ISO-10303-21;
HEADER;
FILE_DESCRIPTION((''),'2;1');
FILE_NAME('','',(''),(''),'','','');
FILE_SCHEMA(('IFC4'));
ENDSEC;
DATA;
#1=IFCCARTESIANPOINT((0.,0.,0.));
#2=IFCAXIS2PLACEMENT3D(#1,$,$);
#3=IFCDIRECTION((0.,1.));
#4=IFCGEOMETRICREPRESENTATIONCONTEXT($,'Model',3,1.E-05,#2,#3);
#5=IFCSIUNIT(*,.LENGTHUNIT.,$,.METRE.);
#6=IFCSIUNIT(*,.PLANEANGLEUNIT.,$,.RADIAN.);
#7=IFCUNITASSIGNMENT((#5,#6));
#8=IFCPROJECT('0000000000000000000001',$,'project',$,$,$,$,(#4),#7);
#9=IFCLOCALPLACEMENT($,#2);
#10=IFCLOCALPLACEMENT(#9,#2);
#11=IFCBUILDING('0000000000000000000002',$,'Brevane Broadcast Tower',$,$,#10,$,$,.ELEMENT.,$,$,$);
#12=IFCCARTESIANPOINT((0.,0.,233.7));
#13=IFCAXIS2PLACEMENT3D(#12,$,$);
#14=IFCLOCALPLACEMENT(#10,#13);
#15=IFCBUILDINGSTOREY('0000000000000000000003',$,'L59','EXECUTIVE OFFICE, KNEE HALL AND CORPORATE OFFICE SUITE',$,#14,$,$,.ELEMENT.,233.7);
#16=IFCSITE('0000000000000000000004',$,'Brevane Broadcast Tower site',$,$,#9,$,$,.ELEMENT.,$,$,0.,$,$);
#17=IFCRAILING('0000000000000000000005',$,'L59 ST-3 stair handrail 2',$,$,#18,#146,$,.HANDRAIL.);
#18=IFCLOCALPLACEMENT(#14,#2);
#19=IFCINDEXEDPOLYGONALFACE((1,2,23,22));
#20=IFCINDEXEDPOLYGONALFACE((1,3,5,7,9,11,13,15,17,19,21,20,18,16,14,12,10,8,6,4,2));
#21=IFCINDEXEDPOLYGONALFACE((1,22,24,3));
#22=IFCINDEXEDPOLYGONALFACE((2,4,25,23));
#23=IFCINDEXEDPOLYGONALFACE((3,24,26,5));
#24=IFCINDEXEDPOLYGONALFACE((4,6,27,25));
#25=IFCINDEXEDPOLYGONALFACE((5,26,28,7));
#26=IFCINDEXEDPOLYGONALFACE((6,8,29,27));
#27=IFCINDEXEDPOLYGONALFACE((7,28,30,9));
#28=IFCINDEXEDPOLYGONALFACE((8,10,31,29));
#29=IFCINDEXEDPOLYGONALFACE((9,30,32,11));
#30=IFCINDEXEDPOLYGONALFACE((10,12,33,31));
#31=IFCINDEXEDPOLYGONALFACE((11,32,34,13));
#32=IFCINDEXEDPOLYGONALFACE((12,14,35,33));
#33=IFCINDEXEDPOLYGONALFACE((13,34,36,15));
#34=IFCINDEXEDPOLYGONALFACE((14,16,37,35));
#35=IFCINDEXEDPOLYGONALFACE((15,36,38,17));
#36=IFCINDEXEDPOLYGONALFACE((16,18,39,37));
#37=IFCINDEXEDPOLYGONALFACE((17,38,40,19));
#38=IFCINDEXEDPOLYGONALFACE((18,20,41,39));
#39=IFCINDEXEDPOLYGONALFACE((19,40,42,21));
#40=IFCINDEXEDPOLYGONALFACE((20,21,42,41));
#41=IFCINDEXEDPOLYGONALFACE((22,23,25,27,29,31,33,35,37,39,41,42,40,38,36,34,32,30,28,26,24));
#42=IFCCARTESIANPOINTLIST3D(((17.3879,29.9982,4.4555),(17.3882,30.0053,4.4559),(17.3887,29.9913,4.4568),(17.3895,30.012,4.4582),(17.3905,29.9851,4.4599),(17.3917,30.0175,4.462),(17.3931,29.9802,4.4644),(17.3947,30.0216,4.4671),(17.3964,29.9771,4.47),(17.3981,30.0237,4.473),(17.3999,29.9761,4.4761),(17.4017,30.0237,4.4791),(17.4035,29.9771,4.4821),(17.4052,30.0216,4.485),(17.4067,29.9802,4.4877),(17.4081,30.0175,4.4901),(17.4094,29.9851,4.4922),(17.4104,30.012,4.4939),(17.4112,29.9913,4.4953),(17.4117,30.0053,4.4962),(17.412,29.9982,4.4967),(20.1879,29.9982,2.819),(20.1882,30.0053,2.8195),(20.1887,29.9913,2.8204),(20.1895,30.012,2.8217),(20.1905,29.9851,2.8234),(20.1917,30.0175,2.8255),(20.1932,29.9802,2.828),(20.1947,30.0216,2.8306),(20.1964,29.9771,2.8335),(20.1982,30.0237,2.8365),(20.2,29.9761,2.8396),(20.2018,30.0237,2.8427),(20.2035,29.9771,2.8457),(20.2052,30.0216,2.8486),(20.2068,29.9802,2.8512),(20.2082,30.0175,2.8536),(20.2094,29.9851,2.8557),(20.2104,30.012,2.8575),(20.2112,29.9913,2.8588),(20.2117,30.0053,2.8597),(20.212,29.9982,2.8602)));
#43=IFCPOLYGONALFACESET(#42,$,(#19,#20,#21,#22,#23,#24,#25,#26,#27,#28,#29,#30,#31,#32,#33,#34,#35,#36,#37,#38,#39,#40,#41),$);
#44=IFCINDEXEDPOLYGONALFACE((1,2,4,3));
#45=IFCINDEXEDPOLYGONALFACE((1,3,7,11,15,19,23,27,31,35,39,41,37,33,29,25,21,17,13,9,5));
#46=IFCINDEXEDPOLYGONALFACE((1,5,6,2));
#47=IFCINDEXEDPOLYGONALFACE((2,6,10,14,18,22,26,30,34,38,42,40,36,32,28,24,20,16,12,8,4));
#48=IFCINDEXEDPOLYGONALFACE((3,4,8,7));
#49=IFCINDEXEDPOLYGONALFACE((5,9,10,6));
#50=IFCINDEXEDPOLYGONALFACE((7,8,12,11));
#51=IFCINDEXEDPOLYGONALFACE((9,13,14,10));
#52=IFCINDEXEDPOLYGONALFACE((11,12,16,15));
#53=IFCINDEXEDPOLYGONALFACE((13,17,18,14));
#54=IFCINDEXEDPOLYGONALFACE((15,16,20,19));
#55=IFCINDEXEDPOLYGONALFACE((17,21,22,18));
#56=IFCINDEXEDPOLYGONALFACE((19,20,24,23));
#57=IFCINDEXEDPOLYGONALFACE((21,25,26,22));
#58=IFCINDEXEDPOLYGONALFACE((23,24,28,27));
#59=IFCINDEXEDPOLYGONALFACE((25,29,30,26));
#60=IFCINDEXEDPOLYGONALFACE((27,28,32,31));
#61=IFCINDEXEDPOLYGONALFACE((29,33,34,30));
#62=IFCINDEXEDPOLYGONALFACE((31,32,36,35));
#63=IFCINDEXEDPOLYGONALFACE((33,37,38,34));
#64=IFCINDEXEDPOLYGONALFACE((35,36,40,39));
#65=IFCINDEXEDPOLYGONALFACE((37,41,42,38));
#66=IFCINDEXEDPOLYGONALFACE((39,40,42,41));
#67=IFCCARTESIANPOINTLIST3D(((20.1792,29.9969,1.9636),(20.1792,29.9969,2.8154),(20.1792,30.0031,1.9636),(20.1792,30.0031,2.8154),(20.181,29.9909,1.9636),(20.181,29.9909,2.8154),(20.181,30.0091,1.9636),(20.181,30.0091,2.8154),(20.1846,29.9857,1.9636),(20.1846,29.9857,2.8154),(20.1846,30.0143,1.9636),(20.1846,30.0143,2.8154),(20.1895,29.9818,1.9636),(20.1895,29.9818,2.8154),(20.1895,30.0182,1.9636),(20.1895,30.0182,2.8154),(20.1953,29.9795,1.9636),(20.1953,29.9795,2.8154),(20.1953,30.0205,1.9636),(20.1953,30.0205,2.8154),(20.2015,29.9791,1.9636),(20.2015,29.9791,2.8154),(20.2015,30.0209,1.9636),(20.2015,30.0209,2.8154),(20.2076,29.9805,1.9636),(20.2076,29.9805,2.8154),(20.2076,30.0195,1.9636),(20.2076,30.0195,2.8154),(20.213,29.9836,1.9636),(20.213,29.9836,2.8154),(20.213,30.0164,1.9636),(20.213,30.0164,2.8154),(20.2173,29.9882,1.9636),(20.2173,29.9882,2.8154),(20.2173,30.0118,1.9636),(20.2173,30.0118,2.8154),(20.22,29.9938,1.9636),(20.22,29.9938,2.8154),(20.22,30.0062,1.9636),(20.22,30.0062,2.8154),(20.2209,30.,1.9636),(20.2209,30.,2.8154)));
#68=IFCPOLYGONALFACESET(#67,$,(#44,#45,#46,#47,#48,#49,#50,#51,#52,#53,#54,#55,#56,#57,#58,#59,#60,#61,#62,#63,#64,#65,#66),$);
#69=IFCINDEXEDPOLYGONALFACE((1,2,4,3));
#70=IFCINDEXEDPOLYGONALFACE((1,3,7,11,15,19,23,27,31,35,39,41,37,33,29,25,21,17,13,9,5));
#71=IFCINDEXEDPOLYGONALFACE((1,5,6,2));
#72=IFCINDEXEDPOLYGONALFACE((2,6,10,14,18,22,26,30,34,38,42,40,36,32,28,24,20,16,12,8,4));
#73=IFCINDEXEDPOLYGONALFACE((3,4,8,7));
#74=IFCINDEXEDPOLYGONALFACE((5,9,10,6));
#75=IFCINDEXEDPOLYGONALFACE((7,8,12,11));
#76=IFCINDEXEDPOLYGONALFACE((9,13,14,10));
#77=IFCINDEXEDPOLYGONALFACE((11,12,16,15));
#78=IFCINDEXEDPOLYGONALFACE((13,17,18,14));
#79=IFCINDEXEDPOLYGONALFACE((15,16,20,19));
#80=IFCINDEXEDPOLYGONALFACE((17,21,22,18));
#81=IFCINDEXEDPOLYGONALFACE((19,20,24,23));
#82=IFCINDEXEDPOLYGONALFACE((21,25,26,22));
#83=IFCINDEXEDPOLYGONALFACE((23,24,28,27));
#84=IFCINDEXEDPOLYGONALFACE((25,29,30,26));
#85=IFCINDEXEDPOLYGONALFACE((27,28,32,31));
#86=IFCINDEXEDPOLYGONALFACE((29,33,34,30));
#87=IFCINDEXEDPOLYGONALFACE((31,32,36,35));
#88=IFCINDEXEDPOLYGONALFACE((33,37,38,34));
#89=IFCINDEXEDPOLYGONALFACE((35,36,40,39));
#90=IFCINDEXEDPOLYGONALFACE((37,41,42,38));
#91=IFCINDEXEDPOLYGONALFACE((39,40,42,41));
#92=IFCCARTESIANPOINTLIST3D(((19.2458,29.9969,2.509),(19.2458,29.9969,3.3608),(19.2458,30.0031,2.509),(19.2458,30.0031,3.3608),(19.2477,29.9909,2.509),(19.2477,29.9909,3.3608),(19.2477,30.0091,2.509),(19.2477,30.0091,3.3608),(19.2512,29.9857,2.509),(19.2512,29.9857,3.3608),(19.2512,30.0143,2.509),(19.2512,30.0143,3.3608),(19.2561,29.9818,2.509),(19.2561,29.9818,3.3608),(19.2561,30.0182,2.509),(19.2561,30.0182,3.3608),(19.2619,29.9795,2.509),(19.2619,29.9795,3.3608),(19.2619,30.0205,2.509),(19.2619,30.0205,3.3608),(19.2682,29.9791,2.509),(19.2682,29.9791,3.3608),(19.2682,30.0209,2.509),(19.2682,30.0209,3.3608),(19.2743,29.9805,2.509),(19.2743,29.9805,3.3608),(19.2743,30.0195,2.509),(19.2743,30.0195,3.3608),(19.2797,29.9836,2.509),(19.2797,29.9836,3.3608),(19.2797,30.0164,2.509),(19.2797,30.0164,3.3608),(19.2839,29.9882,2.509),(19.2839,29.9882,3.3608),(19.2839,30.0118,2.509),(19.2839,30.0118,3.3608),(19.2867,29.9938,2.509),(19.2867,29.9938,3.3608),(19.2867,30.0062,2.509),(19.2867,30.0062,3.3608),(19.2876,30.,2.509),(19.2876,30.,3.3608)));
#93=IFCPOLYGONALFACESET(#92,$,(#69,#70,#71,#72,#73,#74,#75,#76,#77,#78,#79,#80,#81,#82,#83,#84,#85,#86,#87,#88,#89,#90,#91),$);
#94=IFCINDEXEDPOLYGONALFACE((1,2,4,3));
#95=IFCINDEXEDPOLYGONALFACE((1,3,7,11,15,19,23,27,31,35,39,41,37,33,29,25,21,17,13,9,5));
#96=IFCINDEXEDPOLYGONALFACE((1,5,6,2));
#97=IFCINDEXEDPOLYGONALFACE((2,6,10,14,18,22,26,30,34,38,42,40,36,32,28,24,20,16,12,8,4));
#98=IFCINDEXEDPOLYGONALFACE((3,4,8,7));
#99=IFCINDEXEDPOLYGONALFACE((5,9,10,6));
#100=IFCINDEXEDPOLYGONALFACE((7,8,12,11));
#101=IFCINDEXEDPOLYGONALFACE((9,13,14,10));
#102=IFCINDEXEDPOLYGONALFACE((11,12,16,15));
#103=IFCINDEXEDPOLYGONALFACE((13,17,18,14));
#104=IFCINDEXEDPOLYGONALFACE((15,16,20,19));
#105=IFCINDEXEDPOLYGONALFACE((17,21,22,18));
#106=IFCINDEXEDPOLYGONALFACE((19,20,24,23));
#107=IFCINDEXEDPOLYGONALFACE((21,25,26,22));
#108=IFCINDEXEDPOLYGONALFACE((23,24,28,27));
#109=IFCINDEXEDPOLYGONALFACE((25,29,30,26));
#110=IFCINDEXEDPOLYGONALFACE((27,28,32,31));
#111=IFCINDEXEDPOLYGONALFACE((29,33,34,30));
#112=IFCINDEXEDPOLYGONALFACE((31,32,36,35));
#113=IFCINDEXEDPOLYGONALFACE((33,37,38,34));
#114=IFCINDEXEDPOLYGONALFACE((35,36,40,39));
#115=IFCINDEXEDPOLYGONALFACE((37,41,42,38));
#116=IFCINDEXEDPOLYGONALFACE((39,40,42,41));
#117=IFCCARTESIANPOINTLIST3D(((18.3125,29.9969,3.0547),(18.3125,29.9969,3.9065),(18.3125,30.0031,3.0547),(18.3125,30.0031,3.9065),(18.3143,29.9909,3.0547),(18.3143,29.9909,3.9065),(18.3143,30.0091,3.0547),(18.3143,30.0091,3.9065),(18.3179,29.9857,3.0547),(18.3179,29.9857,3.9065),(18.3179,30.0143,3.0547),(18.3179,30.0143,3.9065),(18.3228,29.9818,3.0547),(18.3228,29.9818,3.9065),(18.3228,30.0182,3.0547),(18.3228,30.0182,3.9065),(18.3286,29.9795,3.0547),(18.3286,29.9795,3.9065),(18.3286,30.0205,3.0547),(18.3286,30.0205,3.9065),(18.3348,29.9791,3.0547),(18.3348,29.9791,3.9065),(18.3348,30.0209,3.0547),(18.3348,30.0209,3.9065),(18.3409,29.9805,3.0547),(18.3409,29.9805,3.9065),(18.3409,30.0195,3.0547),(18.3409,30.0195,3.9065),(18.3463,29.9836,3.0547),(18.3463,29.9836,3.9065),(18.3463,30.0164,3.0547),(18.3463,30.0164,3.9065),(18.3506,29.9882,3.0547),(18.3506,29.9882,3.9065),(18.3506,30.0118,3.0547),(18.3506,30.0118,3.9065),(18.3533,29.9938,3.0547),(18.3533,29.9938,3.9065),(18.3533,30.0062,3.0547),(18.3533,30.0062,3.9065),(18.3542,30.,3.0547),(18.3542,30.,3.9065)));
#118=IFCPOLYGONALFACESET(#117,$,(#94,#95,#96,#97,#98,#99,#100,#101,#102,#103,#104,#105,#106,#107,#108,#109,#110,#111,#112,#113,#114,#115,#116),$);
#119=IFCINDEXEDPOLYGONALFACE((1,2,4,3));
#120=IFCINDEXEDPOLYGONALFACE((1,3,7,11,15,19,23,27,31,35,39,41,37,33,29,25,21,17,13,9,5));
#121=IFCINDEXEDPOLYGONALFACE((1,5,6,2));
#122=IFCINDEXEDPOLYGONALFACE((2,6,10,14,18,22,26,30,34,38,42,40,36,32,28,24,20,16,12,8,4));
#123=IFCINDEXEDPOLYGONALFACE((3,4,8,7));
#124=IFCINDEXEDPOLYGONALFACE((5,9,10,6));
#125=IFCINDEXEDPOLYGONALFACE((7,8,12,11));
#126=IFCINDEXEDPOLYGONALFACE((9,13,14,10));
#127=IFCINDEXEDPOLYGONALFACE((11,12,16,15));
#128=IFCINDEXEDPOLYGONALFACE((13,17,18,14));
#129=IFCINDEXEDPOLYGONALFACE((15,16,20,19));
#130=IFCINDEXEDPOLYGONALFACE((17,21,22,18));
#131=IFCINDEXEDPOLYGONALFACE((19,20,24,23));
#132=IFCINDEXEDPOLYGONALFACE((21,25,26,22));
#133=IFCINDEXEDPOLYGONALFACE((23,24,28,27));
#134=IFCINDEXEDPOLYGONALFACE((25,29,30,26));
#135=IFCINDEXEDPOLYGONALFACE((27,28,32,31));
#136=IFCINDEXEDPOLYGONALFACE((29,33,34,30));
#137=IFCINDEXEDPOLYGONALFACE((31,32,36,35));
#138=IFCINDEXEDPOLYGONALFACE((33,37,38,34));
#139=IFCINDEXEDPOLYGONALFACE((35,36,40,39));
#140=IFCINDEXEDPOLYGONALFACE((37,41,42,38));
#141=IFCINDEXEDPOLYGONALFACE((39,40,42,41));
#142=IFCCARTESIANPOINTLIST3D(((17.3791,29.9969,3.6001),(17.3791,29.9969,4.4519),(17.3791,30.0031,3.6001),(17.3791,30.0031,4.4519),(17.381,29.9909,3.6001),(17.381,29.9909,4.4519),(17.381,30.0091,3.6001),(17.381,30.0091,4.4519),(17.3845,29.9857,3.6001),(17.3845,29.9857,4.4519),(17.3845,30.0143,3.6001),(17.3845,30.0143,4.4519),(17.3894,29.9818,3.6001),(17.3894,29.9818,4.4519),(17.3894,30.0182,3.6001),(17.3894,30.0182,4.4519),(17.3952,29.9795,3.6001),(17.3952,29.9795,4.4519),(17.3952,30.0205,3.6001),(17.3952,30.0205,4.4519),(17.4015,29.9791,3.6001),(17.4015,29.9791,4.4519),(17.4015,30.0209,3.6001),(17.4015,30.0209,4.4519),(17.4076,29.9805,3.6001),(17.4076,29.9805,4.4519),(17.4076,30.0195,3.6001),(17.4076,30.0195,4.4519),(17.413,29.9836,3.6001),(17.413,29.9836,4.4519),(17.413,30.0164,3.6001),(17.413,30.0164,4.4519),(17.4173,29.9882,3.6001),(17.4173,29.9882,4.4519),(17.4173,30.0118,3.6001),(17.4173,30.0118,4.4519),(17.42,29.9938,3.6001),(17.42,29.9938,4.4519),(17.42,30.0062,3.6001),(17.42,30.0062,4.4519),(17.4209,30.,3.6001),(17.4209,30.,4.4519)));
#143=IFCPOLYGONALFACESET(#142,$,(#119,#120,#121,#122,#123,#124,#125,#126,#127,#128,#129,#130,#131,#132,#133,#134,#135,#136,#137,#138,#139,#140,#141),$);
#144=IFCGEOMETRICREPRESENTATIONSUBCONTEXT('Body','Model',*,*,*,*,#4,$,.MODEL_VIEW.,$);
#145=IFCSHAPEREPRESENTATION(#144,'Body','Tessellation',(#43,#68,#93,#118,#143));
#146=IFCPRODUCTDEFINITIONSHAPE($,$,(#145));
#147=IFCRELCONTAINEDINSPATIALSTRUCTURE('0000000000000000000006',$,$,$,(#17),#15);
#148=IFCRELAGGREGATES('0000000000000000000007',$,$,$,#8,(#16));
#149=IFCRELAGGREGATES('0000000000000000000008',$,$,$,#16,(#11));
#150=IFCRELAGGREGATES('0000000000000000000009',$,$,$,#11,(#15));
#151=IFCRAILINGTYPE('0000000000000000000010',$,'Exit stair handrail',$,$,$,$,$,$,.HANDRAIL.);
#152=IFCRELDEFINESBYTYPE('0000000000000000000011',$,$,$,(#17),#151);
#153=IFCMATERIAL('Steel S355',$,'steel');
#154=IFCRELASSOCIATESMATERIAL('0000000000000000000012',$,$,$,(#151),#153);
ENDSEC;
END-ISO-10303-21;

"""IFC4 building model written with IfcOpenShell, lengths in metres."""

from ifc_helpers import new_model, si_unit, direction, frame, origin, origin_2d, place, context, subcontext, project, spatial, circle, extrude, material, type_object, element, save


model = new_model("IFC4")

# Units and contexts
model_context = context("Model", 3, precision=1e-05, world=origin(), true_north=direction((0.0, 1.0)))
body_context = subcontext(model_context, "Body", "Model", "MODEL_VIEW")
ifc_project = project(units=[si_unit("LENGTHUNIT", "METRE"), si_unit("PLANEANGLEUNIT", "RADIAN")], contexts=[model_context])

# Site, building, storey
site_placement = place(None, origin())
site = spatial("IfcSite", under=ifc_project, at=site_placement, Name="Brevane Broadcast Tower site", CompositionType="ELEMENT", RefElevation=0.0)
building_placement = place(site_placement, origin())
building = spatial("IfcBuilding", under=site, at=building_placement, Name="Brevane Broadcast Tower", CompositionType="ELEMENT")
storey_placement = place(building_placement, frame((0.0, 0.0, 233.7)))
storey = spatial("IfcBuildingStorey", under=building, at=storey_placement, Name="L59", Description="EXECUTIVE OFFICE, KNEE HALL AND CORPORATE OFFICE SUITE", CompositionType="ELEMENT", Elevation=233.7)

# Railing
ifc_material_1 = material(Name="Steel S355", Category="steel")
railing_type_1 = type_object("IfcRailingType", Name="Exit stair handrail", PredefinedType="HANDRAIL", material=ifc_material_1)
railing_1_placement = place(storey_placement, frame((20.2, 30.0, 1.9636)))
element("IfcRailing", 1, at=railing_1_placement, inside=storey, type_object=railing_type_1, Name="L59 ST-3 stair handrail 2", PredefinedType="HANDRAIL", context=body_context, shape_type="SweptSolid", body=[
    extrude(circle(Radius=0.0239, at=origin_2d()), frame((0.0, 0.0, 0.876), z_axis=(-0.863361, 0.0, 0.504587), x_axis=(0.0, -1.0, 0.0)), (0.0, 0.0, 1.0), 3.2432),
    extrude(circle(Radius=0.021, at=origin_2d()), origin(), (0.0, 0.0, 1.0), 0.8518),
    extrude(circle(Radius=0.021, at=origin_2d()), frame((-0.9333, 0.0, 0.5454)), (0.0, 0.0, 1.0), 0.8518),
    extrude(circle(Radius=0.021, at=origin_2d()), frame((-1.8667, 0.0, 1.0911)), (0.0, 0.0, 1.0), 0.8518),
    extrude(circle(Radius=0.021, at=origin_2d()), frame((-2.8, 0.0, 1.6365)), (0.0, 0.0, 1.0), 0.8518),
])

save(model, "model.ifc")
